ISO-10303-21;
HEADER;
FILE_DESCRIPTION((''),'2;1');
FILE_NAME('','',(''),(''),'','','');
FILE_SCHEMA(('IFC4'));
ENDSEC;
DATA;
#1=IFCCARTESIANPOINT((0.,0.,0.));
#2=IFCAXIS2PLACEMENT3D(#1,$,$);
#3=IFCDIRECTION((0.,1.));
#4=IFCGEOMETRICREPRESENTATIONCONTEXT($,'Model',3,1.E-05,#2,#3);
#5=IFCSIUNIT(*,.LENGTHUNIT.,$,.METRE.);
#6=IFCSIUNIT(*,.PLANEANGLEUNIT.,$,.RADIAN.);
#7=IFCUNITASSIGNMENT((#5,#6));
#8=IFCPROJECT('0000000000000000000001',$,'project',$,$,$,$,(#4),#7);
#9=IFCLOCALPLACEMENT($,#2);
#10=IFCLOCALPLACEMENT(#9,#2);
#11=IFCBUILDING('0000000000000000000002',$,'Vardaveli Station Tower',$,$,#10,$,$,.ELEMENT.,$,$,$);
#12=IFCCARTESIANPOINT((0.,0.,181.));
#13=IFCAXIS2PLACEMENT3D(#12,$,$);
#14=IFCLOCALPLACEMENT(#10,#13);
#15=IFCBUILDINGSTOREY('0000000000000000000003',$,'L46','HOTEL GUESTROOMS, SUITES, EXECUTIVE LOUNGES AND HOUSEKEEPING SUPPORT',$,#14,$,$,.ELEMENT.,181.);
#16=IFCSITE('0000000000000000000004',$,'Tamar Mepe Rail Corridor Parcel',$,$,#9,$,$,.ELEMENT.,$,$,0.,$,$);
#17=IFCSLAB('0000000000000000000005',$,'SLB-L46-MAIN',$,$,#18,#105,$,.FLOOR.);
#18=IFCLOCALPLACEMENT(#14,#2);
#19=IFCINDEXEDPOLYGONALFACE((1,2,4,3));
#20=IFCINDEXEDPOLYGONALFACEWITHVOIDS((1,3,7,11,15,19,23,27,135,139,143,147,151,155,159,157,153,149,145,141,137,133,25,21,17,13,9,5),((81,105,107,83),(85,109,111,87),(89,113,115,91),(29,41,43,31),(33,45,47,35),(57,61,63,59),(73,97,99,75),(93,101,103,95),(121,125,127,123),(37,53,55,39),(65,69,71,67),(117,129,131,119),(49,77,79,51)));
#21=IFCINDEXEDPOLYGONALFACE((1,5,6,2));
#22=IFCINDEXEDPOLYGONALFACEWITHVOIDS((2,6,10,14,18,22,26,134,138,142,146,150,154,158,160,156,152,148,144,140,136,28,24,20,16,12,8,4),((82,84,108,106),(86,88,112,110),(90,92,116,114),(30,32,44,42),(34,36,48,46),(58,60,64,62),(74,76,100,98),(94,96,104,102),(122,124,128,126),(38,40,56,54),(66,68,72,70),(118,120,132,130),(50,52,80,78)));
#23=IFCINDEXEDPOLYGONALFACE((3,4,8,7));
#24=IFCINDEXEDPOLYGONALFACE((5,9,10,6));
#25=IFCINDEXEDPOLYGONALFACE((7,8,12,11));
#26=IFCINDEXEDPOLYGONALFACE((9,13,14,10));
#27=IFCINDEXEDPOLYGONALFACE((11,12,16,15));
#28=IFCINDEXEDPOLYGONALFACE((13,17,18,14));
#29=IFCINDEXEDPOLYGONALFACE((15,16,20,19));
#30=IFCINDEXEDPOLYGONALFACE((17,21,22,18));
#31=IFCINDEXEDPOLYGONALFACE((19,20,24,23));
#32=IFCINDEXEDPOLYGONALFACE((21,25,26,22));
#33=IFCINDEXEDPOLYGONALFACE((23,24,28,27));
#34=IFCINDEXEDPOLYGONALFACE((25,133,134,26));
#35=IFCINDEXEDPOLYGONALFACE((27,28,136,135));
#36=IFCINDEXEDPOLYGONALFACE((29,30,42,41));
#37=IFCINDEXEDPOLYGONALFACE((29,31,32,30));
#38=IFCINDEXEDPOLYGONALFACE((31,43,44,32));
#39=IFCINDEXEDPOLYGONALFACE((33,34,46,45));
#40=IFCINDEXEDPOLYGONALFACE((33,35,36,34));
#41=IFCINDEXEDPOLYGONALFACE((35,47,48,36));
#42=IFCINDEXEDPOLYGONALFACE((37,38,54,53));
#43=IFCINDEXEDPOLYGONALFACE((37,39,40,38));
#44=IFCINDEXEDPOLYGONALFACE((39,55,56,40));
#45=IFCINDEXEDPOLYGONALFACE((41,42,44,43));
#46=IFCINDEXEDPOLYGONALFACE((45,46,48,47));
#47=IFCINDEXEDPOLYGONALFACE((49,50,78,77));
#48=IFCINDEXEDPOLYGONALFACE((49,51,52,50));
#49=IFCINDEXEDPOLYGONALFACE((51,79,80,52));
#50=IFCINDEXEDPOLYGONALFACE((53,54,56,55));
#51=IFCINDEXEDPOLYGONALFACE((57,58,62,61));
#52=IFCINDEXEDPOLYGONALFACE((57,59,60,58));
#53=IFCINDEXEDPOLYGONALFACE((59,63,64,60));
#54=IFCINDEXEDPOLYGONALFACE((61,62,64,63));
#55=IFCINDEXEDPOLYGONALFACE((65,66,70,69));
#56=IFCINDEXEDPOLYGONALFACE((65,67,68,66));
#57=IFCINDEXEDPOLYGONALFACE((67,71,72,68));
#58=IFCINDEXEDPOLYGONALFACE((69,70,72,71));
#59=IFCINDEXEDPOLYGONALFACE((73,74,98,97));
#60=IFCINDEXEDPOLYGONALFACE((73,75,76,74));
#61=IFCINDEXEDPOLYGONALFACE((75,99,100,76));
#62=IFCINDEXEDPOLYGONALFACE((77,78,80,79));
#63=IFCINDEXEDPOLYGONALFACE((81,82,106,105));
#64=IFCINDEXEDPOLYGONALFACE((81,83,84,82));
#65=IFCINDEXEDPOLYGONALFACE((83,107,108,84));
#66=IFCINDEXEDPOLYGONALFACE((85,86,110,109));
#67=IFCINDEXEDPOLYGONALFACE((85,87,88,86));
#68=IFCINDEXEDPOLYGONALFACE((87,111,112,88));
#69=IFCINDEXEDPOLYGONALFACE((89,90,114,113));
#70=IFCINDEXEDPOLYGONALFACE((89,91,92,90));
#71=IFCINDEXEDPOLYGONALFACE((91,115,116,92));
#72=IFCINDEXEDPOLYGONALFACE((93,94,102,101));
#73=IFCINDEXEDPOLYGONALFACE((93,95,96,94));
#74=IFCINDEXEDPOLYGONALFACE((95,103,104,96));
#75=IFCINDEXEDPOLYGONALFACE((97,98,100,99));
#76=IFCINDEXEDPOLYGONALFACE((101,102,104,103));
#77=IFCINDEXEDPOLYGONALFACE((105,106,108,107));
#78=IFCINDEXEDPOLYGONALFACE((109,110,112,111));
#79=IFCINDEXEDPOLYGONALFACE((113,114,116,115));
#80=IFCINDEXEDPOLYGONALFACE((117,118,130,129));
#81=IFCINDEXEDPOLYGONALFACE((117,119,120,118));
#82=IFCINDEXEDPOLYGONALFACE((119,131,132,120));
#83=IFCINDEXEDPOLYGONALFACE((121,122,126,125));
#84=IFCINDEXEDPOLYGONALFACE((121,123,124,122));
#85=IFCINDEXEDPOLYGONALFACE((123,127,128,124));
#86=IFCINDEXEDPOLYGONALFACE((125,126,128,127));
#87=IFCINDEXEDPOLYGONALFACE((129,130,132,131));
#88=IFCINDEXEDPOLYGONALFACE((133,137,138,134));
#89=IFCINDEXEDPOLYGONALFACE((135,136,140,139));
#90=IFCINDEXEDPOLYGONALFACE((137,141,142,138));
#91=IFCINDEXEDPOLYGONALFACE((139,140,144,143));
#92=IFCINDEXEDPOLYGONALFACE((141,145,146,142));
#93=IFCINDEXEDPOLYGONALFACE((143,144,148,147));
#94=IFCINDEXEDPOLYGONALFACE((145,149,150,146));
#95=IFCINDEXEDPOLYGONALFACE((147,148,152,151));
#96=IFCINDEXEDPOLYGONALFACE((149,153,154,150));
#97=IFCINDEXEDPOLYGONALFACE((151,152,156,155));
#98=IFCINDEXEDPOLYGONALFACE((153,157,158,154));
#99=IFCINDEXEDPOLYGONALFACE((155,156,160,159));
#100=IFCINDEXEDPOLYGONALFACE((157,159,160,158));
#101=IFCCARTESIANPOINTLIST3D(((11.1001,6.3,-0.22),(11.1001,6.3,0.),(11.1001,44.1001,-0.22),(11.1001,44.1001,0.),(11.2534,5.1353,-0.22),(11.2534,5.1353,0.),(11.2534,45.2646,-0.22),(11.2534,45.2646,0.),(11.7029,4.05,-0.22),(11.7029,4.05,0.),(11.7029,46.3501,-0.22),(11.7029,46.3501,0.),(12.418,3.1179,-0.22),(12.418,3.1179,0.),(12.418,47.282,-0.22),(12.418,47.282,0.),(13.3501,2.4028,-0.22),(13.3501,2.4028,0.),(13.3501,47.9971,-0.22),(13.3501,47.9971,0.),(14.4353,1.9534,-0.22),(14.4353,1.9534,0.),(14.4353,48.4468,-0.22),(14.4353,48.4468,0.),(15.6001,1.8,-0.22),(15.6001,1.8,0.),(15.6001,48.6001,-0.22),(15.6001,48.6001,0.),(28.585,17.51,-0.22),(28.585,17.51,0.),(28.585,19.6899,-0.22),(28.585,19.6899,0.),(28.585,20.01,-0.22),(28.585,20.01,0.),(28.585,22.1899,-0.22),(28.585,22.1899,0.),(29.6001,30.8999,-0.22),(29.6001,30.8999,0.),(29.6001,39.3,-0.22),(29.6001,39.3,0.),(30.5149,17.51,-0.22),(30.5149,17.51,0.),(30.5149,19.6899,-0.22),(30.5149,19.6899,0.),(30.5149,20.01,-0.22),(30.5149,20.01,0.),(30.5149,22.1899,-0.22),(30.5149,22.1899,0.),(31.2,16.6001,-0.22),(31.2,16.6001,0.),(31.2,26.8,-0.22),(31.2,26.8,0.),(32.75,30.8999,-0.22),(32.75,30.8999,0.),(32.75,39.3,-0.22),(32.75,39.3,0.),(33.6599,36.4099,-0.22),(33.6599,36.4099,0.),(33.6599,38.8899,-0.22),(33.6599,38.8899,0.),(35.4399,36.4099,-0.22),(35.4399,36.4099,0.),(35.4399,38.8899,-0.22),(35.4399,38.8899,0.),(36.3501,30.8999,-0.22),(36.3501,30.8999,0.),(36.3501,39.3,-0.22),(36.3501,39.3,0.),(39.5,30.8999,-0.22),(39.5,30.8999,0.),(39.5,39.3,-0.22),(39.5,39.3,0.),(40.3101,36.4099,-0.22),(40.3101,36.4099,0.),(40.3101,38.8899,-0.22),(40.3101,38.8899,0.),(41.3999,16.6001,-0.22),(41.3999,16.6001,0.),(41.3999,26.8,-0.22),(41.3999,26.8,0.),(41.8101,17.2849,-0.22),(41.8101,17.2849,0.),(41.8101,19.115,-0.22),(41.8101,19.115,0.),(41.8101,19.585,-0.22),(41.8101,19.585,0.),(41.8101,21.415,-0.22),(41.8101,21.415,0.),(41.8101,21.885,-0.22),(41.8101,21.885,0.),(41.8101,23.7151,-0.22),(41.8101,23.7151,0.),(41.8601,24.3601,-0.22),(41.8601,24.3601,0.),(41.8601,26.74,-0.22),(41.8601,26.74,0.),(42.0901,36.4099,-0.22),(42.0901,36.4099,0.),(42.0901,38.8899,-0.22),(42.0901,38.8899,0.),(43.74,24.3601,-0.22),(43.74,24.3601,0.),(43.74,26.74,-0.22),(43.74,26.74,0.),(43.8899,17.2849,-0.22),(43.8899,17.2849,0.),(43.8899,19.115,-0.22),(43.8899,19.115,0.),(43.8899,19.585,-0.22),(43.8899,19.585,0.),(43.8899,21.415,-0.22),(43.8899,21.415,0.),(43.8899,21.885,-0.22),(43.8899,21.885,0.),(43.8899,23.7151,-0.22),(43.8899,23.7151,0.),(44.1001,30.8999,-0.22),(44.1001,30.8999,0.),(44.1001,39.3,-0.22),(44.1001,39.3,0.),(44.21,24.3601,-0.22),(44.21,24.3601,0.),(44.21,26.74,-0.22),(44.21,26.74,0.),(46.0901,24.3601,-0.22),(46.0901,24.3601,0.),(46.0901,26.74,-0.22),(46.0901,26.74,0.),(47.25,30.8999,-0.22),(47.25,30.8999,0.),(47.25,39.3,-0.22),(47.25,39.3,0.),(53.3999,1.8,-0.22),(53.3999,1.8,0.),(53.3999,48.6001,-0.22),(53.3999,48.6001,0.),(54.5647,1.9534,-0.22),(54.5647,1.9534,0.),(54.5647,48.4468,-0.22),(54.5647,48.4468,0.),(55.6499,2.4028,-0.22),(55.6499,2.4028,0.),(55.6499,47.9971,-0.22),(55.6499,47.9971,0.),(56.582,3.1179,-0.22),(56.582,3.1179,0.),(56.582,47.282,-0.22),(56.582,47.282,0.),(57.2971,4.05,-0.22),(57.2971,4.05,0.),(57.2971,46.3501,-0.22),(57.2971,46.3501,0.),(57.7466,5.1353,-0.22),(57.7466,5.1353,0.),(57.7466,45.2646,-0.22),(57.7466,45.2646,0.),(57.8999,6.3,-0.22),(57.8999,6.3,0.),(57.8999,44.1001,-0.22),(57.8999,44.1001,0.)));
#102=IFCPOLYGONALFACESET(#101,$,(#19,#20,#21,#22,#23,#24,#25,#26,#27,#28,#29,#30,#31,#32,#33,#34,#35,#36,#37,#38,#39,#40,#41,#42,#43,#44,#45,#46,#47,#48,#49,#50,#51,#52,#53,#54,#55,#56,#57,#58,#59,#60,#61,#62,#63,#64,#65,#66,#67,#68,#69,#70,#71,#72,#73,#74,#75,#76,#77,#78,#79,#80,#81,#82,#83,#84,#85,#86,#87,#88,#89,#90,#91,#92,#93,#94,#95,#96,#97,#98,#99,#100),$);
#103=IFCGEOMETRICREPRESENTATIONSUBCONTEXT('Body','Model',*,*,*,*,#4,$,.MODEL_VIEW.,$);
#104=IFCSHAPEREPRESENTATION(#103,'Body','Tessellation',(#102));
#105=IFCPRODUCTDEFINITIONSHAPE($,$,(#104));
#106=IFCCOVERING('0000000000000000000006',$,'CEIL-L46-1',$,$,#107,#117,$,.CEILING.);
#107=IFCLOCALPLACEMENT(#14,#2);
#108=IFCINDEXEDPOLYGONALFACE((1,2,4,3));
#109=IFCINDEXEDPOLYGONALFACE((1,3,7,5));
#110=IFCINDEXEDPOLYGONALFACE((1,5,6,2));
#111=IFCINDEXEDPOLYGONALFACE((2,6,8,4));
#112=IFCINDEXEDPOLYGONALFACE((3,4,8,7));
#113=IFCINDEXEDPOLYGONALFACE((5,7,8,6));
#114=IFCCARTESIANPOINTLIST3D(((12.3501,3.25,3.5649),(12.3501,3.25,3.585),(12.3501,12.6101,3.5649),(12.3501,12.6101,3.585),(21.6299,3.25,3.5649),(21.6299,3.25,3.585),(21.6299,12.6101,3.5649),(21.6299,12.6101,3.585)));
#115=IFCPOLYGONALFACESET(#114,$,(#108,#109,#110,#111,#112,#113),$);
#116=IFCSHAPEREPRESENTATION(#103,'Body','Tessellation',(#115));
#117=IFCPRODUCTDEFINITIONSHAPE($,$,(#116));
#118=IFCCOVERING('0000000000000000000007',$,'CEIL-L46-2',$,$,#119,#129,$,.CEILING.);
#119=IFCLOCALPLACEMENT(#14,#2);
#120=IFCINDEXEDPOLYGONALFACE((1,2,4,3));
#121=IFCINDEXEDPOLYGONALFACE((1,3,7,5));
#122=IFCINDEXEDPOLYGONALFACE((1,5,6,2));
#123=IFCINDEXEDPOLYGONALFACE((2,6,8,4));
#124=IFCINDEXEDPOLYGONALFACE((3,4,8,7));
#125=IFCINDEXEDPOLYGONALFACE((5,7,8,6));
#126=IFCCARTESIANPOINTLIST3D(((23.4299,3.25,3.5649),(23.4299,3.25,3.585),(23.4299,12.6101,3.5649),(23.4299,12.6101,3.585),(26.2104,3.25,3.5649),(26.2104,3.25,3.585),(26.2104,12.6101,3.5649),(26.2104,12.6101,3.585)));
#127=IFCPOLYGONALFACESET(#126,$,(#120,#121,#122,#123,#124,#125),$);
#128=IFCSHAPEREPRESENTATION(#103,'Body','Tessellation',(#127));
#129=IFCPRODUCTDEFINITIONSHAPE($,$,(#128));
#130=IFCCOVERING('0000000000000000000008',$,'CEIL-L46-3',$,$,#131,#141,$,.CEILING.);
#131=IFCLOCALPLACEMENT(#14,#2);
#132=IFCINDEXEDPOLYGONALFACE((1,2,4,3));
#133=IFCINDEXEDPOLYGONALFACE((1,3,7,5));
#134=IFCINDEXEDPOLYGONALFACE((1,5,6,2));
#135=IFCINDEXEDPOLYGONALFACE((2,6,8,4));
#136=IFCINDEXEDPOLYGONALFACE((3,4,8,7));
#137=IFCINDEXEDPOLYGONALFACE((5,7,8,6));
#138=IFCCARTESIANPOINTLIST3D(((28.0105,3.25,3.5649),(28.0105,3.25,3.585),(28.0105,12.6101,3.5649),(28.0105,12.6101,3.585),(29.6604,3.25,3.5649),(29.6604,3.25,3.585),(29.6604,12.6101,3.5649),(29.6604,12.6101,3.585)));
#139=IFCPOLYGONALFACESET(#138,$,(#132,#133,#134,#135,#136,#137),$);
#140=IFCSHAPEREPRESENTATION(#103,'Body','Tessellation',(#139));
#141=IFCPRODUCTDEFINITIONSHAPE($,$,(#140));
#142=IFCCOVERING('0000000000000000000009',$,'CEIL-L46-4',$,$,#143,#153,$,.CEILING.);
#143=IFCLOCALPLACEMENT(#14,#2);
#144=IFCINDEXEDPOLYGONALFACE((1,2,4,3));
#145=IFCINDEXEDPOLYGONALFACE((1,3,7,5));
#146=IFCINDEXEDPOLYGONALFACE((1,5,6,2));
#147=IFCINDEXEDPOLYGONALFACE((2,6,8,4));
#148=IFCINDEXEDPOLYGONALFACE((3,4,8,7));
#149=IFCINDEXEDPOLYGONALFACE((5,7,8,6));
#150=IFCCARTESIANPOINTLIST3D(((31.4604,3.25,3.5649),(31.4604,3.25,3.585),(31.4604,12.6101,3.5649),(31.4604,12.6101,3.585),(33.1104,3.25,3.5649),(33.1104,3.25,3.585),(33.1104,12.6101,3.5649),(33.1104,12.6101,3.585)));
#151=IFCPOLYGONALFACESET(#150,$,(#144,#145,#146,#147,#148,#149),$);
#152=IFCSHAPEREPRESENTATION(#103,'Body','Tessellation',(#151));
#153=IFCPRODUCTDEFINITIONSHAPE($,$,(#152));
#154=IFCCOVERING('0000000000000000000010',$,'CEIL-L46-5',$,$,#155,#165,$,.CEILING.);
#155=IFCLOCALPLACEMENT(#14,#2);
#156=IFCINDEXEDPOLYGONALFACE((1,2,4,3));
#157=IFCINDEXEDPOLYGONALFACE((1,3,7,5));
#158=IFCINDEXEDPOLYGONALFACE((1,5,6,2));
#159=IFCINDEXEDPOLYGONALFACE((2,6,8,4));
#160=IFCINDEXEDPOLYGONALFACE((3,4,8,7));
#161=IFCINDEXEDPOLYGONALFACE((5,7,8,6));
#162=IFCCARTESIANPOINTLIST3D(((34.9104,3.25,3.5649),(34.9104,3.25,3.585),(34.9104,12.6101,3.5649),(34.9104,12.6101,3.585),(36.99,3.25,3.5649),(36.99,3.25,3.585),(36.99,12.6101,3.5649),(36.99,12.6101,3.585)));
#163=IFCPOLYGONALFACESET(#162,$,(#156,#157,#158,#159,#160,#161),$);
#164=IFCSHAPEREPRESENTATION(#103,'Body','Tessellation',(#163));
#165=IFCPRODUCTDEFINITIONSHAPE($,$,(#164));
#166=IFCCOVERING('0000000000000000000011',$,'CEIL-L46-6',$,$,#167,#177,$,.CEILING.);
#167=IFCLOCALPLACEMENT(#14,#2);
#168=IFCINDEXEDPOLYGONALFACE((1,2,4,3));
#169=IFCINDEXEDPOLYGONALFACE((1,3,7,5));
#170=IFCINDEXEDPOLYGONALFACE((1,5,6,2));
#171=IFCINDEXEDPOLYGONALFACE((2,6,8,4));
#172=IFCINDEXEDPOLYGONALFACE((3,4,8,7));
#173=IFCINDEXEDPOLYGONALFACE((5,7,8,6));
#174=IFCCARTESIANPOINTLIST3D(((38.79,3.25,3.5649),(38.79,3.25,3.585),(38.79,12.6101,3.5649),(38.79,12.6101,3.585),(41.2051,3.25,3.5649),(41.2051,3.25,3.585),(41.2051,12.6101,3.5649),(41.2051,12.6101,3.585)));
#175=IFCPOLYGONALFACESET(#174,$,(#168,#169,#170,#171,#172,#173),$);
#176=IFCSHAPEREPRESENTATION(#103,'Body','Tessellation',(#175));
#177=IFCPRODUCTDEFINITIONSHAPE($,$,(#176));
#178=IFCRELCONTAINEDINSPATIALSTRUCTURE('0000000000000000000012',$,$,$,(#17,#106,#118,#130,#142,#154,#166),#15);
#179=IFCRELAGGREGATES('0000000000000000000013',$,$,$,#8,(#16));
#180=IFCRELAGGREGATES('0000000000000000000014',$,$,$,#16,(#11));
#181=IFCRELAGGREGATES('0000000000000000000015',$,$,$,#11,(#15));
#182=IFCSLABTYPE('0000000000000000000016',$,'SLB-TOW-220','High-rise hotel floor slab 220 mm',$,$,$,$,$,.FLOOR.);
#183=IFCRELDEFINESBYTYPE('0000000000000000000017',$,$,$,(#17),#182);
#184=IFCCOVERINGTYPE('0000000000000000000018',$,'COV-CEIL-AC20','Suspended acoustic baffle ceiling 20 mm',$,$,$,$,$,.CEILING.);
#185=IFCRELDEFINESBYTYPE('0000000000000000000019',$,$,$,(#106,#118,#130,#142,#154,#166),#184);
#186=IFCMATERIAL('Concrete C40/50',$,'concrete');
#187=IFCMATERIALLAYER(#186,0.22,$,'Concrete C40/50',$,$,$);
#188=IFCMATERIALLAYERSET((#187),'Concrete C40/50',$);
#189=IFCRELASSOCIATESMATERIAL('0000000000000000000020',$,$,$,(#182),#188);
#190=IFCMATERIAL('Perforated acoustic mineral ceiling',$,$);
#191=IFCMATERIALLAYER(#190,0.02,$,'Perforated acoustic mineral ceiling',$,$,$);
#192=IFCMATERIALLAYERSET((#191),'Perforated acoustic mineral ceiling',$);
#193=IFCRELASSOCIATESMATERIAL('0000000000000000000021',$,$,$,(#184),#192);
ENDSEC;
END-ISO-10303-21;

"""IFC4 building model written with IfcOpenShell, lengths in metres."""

from ifc_helpers import new_model, si_unit, direction, frame, origin, place, context, subcontext, project, spatial, polyline, outline, extrude, material, layer, layer_set, type_object, element, save


model = new_model("IFC4")

# Units and contexts
model_context = context("Model", 3, precision=1e-05, world=origin(), true_north=direction((0.0, 1.0)))
body_context = subcontext(model_context, "Body", "Model", "MODEL_VIEW")
ifc_project = project(units=[si_unit("LENGTHUNIT", "METRE"), si_unit("PLANEANGLEUNIT", "RADIAN")], contexts=[model_context])

# Site, building, storey
site_placement = place(None, origin())
site = spatial("IfcSite", under=ifc_project, at=site_placement, Name="Tamar Mepe Rail Corridor Parcel", CompositionType="ELEMENT", RefElevation=0.0)
building_placement = place(site_placement, origin())
building = spatial("IfcBuilding", under=site, at=building_placement, Name="Vardaveli Station Tower", CompositionType="ELEMENT")
storey_placement = place(building_placement, frame((0.0, 0.0, 181.0)))
storey = spatial("IfcBuildingStorey", under=building, at=storey_placement, Name="L46", Description="HOTEL GUESTROOMS, SUITES, EXECUTIVE LOUNGES AND HOUSEKEEPING SUPPORT", CompositionType="ELEMENT", Elevation=181.0)

# Shared definitions
ifc_material_1 = material(Name="Concrete C40/50", Category="concrete")

# Slab
ifc_layer_1 = layer(ifc_material_1, 0.22, Name="Concrete C40/50")
ifc_layer_set_1 = layer_set([ifc_layer_1], Name="Concrete C40/50")
slab_type_1 = type_object("IfcSlabType", Name="SLB-TOW-220", Description="High-rise hotel floor slab 220 mm", PredefinedType="FLOOR", material=ifc_layer_set_1)
slab_1_placement = place(storey_placement, frame((0.0, 0.0, -0.22)))
element("IfcSlab", 1, at=slab_1_placement, inside=storey, type_object=slab_type_1, Name="SLB-L46-MAIN", PredefinedType="FLOOR", context=body_context, shape_type="SweptSolid", body=[
    extrude(outline(polyline([(11.1001, 6.3), (11.2534, 5.1353), (11.7029, 4.05), (12.418, 3.1179), (13.3501, 2.4028), (14.4353, 1.9534), (15.6001, 1.8), (53.3999, 1.8), (54.5647, 1.9534), (55.6499, 2.4028), (56.582, 3.1179), (57.2971, 4.05), (57.7466, 5.1353), (57.8999, 6.3), (57.8999, 44.1001), (57.7466, 45.2646), (57.2971, 46.3501), (56.582, 47.282), (55.6499, 47.9971), (54.5647, 48.4468), (53.3999, 48.6001), (15.6001, 48.6001), (14.4353, 48.4468), (13.3501, 47.9971), (12.418, 47.282), (11.7029, 46.3501), (11.2534, 45.2646), (11.1001, 44.1001), (11.1001, 6.3)]), holes=[polyline([(31.2, 16.6001), (41.3999, 16.6001), (41.3999, 26.8), (31.2, 26.8), (31.2, 16.6001)]), polyline([(32.75, 30.8999), (32.75, 39.3), (29.6001, 39.3), (29.6001, 30.8999), (32.75, 30.8999)]), polyline([(39.5, 30.8999), (39.5, 39.3), (36.3501, 39.3), (36.3501, 30.8999), (39.5, 30.8999)]), polyline([(47.25, 30.8999), (47.25, 39.3), (44.1001, 39.3), (44.1001, 30.8999), (47.25, 30.8999)]), polyline([(33.6599, 36.4099), (35.4399, 36.4099), (35.4399, 38.8899), (33.6599, 38.8899), (33.6599, 36.4099)]), polyline([(40.3101, 36.4099), (42.0901, 36.4099), (42.0901, 38.8899), (40.3101, 38.8899), (40.3101, 36.4099)]), polyline([(41.8101, 21.885), (43.8899, 21.885), (43.8899, 23.7151), (41.8101, 23.7151), (41.8101, 21.885)]), polyline([(41.8101, 19.585), (43.8899, 19.585), (43.8899, 21.415), (41.8101, 21.415), (41.8101, 19.585)]), polyline([(41.8101, 17.2849), (43.8899, 17.2849), (43.8899, 19.115), (41.8101, 19.115), (41.8101, 17.2849)]), polyline([(28.585, 17.51), (30.5149, 17.51), (30.5149, 19.6899), (28.585, 19.6899), (28.585, 17.51)]), polyline([(28.585, 20.01), (30.5149, 20.01), (30.5149, 22.1899), (28.585, 22.1899), (28.585, 20.01)]), polyline([(41.8601, 24.3601), (43.74, 24.3601), (43.74, 26.74), (41.8601, 26.74), (41.8601, 24.3601)]), polyline([(44.21, 24.3601), (46.0901, 24.3601), (46.0901, 26.74), (44.21, 26.74), (44.21, 24.3601)])]), origin(), (0.0, 0.0, 1.0), 0.22),
])

# Coverings
ifc_material_2 = material(Name="Perforated acoustic mineral ceiling")
ifc_layer_2 = layer(ifc_material_2, 0.02, Name="Perforated acoustic mineral ceiling")
ifc_layer_set_2 = layer_set([ifc_layer_2], Name="Perforated acoustic mineral ceiling")
covering_type_1 = type_object("IfcCoveringType", Name="COV-CEIL-AC20", Description="Suspended acoustic baffle ceiling 20 mm", PredefinedType="CEILING", material=ifc_layer_set_2)
covering_1_placement = place(storey_placement, frame((0.0, 0.0, 3.5649)))
element("IfcCovering", 2, at=covering_1_placement, inside=storey, type_object=covering_type_1, Name="CEIL-L46-1", PredefinedType="CEILING", context=body_context, shape_type="SweptSolid", body=[
    extrude(outline(polyline([(12.3501, 3.25), (21.6299, 3.25), (21.6299, 12.6101), (12.3501, 12.6101), (12.3501, 3.25)])), origin(), (0.0, 0.0, 1.0), 0.02),
])
covering_2_placement = place(storey_placement, frame((0.0, 0.0, 3.5649)))
element("IfcCovering", 3, at=covering_2_placement, inside=storey, type_object=covering_type_1, Name="CEIL-L46-2", PredefinedType="CEILING", context=body_context, shape_type="SweptSolid", body=[
    extrude(outline(polyline([(23.4299, 3.25), (26.2104, 3.25), (26.2104, 12.6101), (23.4299, 12.6101), (23.4299, 3.25)])), origin(), (0.0, 0.0, 1.0), 0.02),
])
covering_3_placement = place(storey_placement, frame((0.0, 0.0, 3.5649)))
element("IfcCovering", 4, at=covering_3_placement, inside=storey, type_object=covering_type_1, Name="CEIL-L46-3", PredefinedType="CEILING", context=body_context, shape_type="SweptSolid", body=[
    extrude(outline(polyline([(28.0105, 3.25), (29.6604, 3.25), (29.6604, 12.6101), (28.0105, 12.6101), (28.0105, 3.25)])), origin(), (0.0, 0.0, 1.0), 0.02),
])
covering_4_placement = place(storey_placement, frame((0.0, 0.0, 3.5649)))
element("IfcCovering", 5, at=covering_4_placement, inside=storey, type_object=covering_type_1, Name="CEIL-L46-4", PredefinedType="CEILING", context=body_context, shape_type="SweptSolid", body=[
    extrude(outline(polyline([(31.4604, 3.25), (33.1104, 3.25), (33.1104, 12.6101), (31.4604, 12.6101), (31.4604, 3.25)])), origin(), (0.0, 0.0, 1.0), 0.02),
])
covering_5_placement = place(storey_placement, frame((0.0, 0.0, 3.5649)))
element("IfcCovering", 6, at=covering_5_placement, inside=storey, type_object=covering_type_1, Name="CEIL-L46-5", PredefinedType="CEILING", context=body_context, shape_type="SweptSolid", body=[
    extrude(outline(polyline([(34.9104, 3.25), (36.99, 3.25), (36.99, 12.6101), (34.9104, 12.6101), (34.9104, 3.25)])), origin(), (0.0, 0.0, 1.0), 0.02),
])
covering_6_placement = place(storey_placement, frame((0.0, 0.0, 3.5649)))
element("IfcCovering", 7, at=covering_6_placement, inside=storey, type_object=covering_type_1, Name="CEIL-L46-6", PredefinedType="CEILING", context=body_context, shape_type="SweptSolid", body=[
    extrude(outline(polyline([(38.79, 3.25), (41.2051, 3.25), (41.2051, 12.6101), (38.79, 12.6101), (38.79, 3.25)])), origin(), (0.0, 0.0, 1.0), 0.02),
])

save(model, "model.ifc")
